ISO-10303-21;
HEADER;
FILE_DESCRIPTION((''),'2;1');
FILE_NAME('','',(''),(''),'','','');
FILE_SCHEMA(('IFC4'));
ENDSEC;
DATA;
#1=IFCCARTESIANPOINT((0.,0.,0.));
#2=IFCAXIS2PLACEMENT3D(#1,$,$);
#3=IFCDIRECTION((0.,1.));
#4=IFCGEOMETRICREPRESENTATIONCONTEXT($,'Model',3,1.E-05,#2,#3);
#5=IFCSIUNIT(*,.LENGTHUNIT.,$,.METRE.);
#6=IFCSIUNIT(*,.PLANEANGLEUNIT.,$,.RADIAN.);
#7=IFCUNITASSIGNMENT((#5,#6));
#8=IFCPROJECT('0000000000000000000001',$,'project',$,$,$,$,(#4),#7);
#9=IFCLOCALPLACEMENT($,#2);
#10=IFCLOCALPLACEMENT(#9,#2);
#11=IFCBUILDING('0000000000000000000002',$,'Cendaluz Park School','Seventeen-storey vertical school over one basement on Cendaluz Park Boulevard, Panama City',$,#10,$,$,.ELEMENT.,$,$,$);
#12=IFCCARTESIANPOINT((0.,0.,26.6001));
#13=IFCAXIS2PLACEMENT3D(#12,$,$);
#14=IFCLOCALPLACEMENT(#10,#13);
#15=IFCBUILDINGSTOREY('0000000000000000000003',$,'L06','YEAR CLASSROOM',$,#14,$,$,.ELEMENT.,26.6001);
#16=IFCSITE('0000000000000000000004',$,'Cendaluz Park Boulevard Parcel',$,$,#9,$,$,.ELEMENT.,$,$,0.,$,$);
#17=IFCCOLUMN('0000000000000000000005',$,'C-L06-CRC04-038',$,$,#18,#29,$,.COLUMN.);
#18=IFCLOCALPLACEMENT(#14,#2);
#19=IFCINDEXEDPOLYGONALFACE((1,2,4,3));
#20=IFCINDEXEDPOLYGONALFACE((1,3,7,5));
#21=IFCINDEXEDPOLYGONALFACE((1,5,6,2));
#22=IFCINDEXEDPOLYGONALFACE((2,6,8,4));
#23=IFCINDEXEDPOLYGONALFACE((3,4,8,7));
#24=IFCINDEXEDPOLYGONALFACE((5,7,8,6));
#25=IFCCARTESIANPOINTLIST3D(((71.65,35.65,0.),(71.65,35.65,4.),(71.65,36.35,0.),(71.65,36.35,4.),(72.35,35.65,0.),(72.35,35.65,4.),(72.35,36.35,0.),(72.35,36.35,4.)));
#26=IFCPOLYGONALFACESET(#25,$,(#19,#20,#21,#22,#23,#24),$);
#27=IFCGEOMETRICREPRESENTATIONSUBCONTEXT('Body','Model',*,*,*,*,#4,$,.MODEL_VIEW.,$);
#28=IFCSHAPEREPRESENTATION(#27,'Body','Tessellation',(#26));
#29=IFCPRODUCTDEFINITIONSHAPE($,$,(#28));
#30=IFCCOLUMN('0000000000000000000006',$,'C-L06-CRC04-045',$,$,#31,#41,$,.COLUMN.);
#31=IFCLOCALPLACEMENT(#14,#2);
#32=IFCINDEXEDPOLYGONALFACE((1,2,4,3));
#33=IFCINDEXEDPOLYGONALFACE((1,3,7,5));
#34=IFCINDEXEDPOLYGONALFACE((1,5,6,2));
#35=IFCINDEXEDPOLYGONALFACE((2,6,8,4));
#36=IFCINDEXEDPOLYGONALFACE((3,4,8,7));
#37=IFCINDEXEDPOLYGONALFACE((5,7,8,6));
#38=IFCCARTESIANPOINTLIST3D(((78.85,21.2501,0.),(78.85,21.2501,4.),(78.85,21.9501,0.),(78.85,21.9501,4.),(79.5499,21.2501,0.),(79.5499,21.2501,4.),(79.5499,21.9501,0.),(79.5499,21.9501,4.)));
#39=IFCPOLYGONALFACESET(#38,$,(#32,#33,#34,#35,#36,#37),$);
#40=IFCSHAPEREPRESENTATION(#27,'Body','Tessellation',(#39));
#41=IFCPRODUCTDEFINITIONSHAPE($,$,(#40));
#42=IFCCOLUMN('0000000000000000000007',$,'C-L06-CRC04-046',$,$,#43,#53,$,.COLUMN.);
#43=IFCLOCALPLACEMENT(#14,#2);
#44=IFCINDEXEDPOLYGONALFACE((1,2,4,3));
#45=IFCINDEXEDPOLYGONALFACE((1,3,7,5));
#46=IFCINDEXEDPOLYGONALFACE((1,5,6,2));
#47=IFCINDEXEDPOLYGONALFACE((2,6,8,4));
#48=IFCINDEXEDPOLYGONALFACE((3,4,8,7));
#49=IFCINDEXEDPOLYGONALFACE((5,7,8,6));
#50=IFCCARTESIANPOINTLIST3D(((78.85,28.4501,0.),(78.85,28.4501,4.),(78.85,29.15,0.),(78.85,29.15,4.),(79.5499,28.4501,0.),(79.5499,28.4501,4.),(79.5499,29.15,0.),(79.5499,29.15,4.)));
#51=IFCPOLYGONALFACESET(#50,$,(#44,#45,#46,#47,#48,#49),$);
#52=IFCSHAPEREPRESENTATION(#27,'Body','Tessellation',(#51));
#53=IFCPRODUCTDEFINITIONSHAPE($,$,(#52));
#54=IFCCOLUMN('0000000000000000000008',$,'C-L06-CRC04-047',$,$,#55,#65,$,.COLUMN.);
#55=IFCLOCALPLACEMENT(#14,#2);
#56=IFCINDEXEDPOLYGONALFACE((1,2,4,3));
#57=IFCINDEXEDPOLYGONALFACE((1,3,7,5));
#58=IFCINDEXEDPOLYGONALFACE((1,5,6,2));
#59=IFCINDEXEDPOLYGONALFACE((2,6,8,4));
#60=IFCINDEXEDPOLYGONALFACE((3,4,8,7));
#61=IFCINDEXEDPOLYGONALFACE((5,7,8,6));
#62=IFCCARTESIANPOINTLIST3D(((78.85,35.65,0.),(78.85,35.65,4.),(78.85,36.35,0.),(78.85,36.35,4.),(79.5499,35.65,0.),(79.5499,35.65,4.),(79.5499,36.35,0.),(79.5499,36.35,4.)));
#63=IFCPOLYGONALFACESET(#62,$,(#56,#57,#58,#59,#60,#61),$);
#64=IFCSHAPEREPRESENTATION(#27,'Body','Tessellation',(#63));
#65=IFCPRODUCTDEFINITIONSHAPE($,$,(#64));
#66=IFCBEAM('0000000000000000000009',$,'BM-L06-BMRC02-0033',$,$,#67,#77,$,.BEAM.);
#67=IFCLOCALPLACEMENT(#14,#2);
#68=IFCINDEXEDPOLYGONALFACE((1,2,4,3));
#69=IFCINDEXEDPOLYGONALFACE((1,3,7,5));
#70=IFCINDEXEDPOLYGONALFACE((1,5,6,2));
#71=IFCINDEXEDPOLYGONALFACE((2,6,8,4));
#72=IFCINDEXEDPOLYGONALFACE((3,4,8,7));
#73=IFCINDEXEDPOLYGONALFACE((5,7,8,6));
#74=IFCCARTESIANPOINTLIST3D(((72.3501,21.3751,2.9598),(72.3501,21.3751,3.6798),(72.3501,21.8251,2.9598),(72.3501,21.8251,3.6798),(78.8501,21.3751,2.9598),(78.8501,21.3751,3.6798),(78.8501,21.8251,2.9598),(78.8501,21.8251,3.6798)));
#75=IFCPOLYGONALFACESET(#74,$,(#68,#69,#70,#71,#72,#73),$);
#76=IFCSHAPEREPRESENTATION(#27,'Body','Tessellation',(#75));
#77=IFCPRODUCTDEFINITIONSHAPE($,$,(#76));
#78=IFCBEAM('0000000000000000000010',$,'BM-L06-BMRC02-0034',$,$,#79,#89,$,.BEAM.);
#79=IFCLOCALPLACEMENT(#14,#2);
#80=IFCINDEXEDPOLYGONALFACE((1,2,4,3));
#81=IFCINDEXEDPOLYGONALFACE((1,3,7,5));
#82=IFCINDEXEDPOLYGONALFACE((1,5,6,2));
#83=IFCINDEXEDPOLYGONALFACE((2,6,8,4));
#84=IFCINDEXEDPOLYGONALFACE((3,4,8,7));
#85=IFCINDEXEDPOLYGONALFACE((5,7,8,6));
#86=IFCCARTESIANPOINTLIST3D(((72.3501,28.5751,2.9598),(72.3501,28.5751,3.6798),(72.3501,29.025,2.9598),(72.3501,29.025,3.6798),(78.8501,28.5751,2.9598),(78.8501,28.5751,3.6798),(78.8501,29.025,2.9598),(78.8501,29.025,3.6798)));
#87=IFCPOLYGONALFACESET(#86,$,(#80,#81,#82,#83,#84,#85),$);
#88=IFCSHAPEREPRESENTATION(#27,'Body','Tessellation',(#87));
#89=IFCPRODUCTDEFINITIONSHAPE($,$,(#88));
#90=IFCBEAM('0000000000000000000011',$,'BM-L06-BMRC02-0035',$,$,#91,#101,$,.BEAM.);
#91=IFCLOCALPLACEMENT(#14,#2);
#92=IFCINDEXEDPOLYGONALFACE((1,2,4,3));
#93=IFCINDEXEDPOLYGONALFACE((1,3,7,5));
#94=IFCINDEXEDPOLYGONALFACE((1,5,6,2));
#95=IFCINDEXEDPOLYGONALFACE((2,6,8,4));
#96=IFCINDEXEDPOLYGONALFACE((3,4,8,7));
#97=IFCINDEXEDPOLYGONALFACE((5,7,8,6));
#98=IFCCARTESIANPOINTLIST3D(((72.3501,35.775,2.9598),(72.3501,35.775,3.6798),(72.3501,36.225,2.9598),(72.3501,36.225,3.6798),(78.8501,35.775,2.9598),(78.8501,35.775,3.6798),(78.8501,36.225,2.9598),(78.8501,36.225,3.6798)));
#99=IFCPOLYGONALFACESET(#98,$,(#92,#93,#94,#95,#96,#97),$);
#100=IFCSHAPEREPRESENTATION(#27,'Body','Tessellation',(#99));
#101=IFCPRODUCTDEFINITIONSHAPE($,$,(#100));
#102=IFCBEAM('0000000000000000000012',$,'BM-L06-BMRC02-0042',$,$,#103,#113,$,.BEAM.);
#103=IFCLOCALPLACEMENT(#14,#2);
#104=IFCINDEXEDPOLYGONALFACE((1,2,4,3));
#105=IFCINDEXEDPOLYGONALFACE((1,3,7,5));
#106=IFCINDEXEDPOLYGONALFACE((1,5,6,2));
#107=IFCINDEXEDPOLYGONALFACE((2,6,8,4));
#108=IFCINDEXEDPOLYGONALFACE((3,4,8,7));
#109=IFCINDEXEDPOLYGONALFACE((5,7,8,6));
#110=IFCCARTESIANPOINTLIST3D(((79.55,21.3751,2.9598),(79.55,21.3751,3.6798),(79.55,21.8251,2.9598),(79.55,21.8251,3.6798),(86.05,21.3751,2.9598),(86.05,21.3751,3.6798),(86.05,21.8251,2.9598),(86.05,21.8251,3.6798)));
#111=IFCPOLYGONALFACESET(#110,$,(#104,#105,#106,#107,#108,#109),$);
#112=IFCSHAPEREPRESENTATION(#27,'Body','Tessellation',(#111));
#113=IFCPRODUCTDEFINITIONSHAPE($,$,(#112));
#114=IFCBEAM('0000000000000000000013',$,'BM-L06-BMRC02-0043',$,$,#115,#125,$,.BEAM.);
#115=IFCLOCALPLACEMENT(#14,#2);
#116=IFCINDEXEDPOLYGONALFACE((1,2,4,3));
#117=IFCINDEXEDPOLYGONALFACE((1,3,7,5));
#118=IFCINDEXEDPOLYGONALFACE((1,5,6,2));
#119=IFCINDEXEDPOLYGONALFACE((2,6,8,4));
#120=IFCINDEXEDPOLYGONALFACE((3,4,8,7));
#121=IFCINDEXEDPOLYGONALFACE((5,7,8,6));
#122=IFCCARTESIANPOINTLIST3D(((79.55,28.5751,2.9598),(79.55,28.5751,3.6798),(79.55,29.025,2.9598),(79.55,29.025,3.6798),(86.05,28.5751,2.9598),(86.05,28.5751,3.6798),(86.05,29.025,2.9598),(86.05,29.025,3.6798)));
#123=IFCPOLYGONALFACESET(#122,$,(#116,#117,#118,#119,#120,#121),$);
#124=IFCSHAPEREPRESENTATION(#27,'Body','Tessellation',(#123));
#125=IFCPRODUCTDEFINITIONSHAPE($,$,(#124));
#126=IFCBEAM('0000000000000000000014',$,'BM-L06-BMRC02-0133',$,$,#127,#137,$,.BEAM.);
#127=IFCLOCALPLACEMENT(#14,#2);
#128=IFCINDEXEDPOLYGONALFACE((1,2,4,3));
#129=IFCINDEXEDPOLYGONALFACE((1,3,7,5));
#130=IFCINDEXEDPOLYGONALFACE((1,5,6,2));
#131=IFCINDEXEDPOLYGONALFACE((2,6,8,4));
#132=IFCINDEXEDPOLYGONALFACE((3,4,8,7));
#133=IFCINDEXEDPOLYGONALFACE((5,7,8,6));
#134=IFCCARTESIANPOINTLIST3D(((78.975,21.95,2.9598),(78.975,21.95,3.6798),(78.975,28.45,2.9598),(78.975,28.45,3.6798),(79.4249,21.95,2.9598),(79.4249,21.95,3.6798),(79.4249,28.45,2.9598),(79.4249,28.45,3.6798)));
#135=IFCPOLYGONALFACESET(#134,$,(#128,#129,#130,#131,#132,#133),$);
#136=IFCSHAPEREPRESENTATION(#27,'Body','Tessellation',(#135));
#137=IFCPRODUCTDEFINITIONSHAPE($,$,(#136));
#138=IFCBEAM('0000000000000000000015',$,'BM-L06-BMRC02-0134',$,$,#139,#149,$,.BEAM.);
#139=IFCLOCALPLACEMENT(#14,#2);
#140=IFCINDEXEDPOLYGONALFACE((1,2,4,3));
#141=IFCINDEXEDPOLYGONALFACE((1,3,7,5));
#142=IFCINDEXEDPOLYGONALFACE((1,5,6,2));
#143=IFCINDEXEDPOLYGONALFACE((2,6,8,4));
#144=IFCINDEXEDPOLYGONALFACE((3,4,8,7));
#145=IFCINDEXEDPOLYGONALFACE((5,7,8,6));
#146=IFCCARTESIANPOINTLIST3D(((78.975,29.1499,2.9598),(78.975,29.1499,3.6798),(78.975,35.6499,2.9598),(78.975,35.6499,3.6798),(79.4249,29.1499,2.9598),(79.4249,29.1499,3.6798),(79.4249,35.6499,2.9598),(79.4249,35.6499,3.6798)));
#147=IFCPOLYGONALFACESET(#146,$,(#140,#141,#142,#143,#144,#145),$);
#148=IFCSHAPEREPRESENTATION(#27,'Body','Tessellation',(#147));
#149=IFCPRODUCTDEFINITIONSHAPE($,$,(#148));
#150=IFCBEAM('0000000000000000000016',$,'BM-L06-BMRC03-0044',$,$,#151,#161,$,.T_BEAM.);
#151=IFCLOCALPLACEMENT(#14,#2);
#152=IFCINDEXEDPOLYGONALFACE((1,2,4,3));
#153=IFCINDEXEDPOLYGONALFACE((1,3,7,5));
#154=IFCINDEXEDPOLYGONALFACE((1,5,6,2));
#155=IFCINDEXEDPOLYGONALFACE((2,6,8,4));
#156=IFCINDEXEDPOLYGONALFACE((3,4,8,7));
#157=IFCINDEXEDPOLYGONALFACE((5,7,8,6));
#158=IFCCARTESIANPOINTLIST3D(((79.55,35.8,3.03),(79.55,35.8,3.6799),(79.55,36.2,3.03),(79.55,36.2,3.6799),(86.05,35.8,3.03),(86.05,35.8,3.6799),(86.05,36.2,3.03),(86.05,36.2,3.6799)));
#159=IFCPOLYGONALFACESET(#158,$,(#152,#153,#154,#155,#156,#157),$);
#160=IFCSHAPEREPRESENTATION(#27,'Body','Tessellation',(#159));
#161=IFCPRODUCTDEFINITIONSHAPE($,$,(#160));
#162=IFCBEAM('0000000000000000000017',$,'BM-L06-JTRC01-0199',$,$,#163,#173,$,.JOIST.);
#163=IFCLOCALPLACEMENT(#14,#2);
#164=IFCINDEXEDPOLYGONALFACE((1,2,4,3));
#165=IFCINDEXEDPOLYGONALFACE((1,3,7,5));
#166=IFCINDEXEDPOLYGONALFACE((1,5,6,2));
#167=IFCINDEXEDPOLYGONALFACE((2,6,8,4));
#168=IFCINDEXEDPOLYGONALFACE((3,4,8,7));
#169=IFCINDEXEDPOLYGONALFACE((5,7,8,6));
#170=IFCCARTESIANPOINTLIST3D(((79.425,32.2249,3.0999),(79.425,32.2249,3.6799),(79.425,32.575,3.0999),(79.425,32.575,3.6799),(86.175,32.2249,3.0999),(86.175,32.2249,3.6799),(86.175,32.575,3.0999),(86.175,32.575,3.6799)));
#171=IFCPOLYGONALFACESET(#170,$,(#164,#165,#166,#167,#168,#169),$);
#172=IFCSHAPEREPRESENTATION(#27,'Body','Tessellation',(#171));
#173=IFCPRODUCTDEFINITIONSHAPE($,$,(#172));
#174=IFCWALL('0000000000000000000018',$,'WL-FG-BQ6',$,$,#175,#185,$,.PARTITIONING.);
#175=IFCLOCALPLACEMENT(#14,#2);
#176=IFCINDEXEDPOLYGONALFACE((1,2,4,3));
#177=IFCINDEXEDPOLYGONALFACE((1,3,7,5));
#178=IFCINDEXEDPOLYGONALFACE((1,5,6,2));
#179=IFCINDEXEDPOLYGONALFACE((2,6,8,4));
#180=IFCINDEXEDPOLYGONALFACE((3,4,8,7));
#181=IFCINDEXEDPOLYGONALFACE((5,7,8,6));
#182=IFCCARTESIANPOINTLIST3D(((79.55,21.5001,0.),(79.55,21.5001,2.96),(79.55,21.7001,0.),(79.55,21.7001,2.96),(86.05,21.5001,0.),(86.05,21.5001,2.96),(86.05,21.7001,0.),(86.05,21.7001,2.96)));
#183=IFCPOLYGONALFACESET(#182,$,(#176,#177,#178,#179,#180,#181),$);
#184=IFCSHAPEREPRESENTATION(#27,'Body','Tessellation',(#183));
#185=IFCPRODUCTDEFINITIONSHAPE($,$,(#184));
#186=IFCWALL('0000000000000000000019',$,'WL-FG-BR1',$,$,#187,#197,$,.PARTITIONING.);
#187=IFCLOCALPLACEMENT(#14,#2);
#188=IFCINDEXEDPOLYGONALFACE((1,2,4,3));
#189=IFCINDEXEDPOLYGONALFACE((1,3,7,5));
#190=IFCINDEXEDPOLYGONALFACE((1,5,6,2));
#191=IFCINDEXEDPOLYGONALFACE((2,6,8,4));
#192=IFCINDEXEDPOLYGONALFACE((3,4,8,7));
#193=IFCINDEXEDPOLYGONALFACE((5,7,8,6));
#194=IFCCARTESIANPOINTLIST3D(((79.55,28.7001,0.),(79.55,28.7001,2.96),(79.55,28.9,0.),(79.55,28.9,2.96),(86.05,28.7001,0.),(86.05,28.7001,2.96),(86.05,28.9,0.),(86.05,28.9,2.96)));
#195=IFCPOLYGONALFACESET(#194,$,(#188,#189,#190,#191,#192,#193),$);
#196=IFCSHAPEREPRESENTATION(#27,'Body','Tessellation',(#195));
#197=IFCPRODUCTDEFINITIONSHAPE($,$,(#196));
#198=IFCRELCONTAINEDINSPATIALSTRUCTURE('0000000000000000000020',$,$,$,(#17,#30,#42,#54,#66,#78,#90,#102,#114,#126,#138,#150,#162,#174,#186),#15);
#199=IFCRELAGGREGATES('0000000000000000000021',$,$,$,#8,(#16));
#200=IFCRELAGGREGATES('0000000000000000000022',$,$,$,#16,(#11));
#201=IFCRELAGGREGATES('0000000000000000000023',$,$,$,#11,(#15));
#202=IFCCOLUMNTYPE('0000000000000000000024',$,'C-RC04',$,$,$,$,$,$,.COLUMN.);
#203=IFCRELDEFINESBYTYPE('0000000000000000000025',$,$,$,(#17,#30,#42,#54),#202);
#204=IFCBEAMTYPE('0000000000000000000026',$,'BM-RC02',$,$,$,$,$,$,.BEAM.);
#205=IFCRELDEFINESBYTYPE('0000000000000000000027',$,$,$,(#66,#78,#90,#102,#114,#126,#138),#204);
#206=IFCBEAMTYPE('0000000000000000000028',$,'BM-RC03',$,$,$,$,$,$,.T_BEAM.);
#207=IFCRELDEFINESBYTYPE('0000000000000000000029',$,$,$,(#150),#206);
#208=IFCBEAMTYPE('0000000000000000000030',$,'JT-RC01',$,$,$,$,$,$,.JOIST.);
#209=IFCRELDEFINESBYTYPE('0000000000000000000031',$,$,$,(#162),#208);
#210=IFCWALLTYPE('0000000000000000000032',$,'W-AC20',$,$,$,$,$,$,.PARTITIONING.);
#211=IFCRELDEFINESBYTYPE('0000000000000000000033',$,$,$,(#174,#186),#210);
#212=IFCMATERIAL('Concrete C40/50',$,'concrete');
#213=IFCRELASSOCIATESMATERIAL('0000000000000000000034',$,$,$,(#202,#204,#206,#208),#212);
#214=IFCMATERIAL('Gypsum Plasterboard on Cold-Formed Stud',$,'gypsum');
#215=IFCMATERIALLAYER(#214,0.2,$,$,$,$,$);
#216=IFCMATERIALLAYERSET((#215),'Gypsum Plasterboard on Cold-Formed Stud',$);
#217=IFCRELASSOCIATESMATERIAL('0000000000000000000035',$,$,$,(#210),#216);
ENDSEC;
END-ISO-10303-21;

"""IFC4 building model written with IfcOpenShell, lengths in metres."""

from ifc_helpers import new_model, si_unit, direction, frame, frame_2d, origin, origin_2d, place, context, subcontext, project, spatial, rectangle, extrude, material, layer, layer_set, material_profile, profile_set, type_object, element, save


model = new_model("IFC4")

# Units and contexts
model_context = context("Model", 3, precision=1e-05, world=origin(), true_north=direction((0.0, 1.0)))
body_context = subcontext(model_context, "Body", "Model", "MODEL_VIEW")
ifc_project = project(units=[si_unit("LENGTHUNIT", "METRE"), si_unit("PLANEANGLEUNIT", "RADIAN")], contexts=[model_context])

# Site, building, storey
site_placement = place(None, origin())
site = spatial("IfcSite", under=ifc_project, at=site_placement, Name="Cendaluz Park Boulevard Parcel", CompositionType="ELEMENT", RefElevation=0.0)
building_placement = place(site_placement, origin())
building = spatial("IfcBuilding", under=site, at=building_placement, Name="Cendaluz Park School", Description="Seventeen-storey vertical school over one basement on Cendaluz Park Boulevard, Panama City", CompositionType="ELEMENT")
storey_placement = place(building_placement, frame((0.0, 0.0, 26.6001)))
storey = spatial("IfcBuildingStorey", under=building, at=storey_placement, Name="L06", Description="YEAR CLASSROOM", CompositionType="ELEMENT", Elevation=26.6001)

# Columns
ifc_material_1 = material(Name="Concrete C40/50", Category="concrete")
ifc_material_profile_1 = material_profile(ifc_material_1, rectangle(XDim=0.7, YDim=0.7, at=origin_2d()), Name="RC 700x700", Category="concrete")
ifc_profile_set_1 = profile_set([ifc_material_profile_1], Name="Concrete C40/50")
column_type = type_object("IfcColumnType", Name="C-RC04", PredefinedType="COLUMN", material=ifc_profile_set_1)
for number, where, z_axis, x_axis, name in (
    (1, (72.0, 36.0, 0.0), (0.0, 0.0, 1.0), (1.0, 0.0, 0.0), "C-L06-CRC04-038"),
    (2, (79.2, 21.6001, 0.0), (0.0, 0.0, 1.0), (1.0, 0.0, 0.0), "C-L06-CRC04-045"),
    (3, (79.2, 28.8, 0.0), (0.0, 0.0, 1.0), (1.0, 0.0, 0.0), "C-L06-CRC04-046"),
    (4, (79.2, 36.0, 0.0), (0.0, 0.0, 1.0), (1.0, 0.0, 0.0), "C-L06-CRC04-047"),
):
    element("IfcColumn", number, at=place(storey_placement, frame(where, z_axis=z_axis, x_axis=x_axis)), inside=storey, type_object=column_type, Name=name, PredefinedType="COLUMN", context=body_context, shape_type="SweptSolid", body=[
        extrude(rectangle(XDim=0.7, YDim=0.7, at=origin_2d()), origin(), (0.0, 0.0, 1.0), 4.0),
    ])

# Beams
ifc_material_profile_2 = material_profile(ifc_material_1, rectangle(XDim=0.45, YDim=0.72, at=origin_2d()), Name="RC 450x720", Category="concrete")
ifc_profile_set_2 = profile_set([ifc_material_profile_2], Name="Concrete C40/50")
beam_type_1 = type_object("IfcBeamType", Name="BM-RC02", PredefinedType="BEAM", material=ifc_profile_set_2)
for number, where, z_axis, x_axis, name in (
    (5, (72.3501, 21.6001, 3.3198), (1.0, 0.0, 0.0), (0.0, 1.0, 0.0), "BM-L06-BMRC02-0033"),
    (6, (72.3501, 28.8, 3.3198), (1.0, 0.0, 0.0), (0.0, 1.0, 0.0), "BM-L06-BMRC02-0034"),
    (7, (72.3501, 36.0, 3.3198), (1.0, 0.0, 0.0), (0.0, 1.0, 0.0), "BM-L06-BMRC02-0035"),
    (8, (79.55, 21.6001, 3.3198), (1.0, 0.0, 0.0), (0.0, 1.0, 0.0), "BM-L06-BMRC02-0042"),
    (9, (79.55, 28.8, 3.3198), (1.0, 0.0, 0.0), (0.0, 1.0, 0.0), "BM-L06-BMRC02-0043"),
    (10, (79.2, 21.95, 3.3198), (0.0, 1.0, 0.0), (-1.0, 0.0, 0.0), "BM-L06-BMRC02-0133"),
    (11, (79.2, 29.1499, 3.3198), (0.0, 1.0, 0.0), (-1.0, 0.0, 0.0), "BM-L06-BMRC02-0134"),
):
    element("IfcBeam", number, at=place(storey_placement, frame(where, z_axis=z_axis, x_axis=x_axis)), inside=storey, type_object=beam_type_1, Name=name, PredefinedType="BEAM", context=body_context, shape_type="SweptSolid", body=[
        extrude(rectangle(XDim=0.45, YDim=0.72, at=origin_2d()), origin(), (0.0, 0.0, 1.0), 6.5),
    ])
ifc_material_profile_3 = material_profile(ifc_material_1, rectangle(XDim=0.3999, YDim=0.6499, at=origin_2d()), Name="RC 400x650", Category="concrete")
ifc_profile_set_3 = profile_set([ifc_material_profile_3], Name="Concrete C40/50")
beam_type_2 = type_object("IfcBeamType", Name="BM-RC03", PredefinedType="T_BEAM", material=ifc_profile_set_3)
beam_1_placement = place(storey_placement, frame((79.55, 36.0, 3.355), z_axis=(1.0, 0.0, 0.0), x_axis=(0.0, 1.0, 0.0)))
element("IfcBeam", 12, at=beam_1_placement, inside=storey, type_object=beam_type_2, Name="BM-L06-BMRC03-0044", PredefinedType="T_BEAM", context=body_context, shape_type="SweptSolid", body=[
    extrude(rectangle(XDim=0.3999, YDim=0.6499, at=origin_2d()), origin(), (0.0, 0.0, 1.0), 6.5),
])
ifc_material_profile_4 = material_profile(ifc_material_1, rectangle(XDim=0.3501, YDim=0.5801, at=origin_2d()), Name="RC 350x580", Category="concrete")
ifc_profile_set_4 = profile_set([ifc_material_profile_4], Name="Concrete C40/50")
beam_type_3 = type_object("IfcBeamType", Name="JT-RC01", PredefinedType="JOIST", material=ifc_profile_set_4)
beam_2_placement = place(storey_placement, frame((79.425, 32.3999, 3.3899), z_axis=(1.0, 0.0, 0.0), x_axis=(0.0, 1.0, 0.0)))
element("IfcBeam", 13, at=beam_2_placement, inside=storey, type_object=beam_type_3, Name="BM-L06-JTRC01-0199", PredefinedType="JOIST", context=body_context, shape_type="SweptSolid", body=[
    extrude(rectangle(XDim=0.3501, YDim=0.5801, at=origin_2d()), origin(), (0.0, 0.0, 1.0), 6.75),
])

# Walls
ifc_material_2 = material(Name="Gypsum Plasterboard on Cold-Formed Stud", Category="gypsum")
ifc_layer_1 = layer(ifc_material_2, 0.2)
ifc_layer_set_1 = layer_set([ifc_layer_1], Name="Gypsum Plasterboard on Cold-Formed Stud")
wall_type_1 = type_object("IfcWallType", Name="W-AC20", PredefinedType="PARTITIONING", material=ifc_layer_set_1)
for number, where, z_axis, x_axis, name in (
    (14, (79.55, 21.6001, 0.0), (0.0, 0.0, 1.0), (1.0, 0.0, 0.0), "WL-FG-BQ6"),
    (15, (79.55, 28.8, 0.0), (0.0, 0.0, 1.0), (1.0, 0.0, 0.0), "WL-FG-BR1"),
):
    element("IfcWall", number, at=place(storey_placement, frame(where, z_axis=z_axis, x_axis=x_axis)), inside=storey, type_object=wall_type_1, Name=name, PredefinedType="PARTITIONING", context=body_context, shape_type="SweptSolid", body=[
        extrude(rectangle(XDim=6.5, YDim=0.2, at=frame_2d((3.25, 0.0))), origin(), (0.0, 0.0, 1.0), 2.96),
    ])

save(model, "model.ifc")
